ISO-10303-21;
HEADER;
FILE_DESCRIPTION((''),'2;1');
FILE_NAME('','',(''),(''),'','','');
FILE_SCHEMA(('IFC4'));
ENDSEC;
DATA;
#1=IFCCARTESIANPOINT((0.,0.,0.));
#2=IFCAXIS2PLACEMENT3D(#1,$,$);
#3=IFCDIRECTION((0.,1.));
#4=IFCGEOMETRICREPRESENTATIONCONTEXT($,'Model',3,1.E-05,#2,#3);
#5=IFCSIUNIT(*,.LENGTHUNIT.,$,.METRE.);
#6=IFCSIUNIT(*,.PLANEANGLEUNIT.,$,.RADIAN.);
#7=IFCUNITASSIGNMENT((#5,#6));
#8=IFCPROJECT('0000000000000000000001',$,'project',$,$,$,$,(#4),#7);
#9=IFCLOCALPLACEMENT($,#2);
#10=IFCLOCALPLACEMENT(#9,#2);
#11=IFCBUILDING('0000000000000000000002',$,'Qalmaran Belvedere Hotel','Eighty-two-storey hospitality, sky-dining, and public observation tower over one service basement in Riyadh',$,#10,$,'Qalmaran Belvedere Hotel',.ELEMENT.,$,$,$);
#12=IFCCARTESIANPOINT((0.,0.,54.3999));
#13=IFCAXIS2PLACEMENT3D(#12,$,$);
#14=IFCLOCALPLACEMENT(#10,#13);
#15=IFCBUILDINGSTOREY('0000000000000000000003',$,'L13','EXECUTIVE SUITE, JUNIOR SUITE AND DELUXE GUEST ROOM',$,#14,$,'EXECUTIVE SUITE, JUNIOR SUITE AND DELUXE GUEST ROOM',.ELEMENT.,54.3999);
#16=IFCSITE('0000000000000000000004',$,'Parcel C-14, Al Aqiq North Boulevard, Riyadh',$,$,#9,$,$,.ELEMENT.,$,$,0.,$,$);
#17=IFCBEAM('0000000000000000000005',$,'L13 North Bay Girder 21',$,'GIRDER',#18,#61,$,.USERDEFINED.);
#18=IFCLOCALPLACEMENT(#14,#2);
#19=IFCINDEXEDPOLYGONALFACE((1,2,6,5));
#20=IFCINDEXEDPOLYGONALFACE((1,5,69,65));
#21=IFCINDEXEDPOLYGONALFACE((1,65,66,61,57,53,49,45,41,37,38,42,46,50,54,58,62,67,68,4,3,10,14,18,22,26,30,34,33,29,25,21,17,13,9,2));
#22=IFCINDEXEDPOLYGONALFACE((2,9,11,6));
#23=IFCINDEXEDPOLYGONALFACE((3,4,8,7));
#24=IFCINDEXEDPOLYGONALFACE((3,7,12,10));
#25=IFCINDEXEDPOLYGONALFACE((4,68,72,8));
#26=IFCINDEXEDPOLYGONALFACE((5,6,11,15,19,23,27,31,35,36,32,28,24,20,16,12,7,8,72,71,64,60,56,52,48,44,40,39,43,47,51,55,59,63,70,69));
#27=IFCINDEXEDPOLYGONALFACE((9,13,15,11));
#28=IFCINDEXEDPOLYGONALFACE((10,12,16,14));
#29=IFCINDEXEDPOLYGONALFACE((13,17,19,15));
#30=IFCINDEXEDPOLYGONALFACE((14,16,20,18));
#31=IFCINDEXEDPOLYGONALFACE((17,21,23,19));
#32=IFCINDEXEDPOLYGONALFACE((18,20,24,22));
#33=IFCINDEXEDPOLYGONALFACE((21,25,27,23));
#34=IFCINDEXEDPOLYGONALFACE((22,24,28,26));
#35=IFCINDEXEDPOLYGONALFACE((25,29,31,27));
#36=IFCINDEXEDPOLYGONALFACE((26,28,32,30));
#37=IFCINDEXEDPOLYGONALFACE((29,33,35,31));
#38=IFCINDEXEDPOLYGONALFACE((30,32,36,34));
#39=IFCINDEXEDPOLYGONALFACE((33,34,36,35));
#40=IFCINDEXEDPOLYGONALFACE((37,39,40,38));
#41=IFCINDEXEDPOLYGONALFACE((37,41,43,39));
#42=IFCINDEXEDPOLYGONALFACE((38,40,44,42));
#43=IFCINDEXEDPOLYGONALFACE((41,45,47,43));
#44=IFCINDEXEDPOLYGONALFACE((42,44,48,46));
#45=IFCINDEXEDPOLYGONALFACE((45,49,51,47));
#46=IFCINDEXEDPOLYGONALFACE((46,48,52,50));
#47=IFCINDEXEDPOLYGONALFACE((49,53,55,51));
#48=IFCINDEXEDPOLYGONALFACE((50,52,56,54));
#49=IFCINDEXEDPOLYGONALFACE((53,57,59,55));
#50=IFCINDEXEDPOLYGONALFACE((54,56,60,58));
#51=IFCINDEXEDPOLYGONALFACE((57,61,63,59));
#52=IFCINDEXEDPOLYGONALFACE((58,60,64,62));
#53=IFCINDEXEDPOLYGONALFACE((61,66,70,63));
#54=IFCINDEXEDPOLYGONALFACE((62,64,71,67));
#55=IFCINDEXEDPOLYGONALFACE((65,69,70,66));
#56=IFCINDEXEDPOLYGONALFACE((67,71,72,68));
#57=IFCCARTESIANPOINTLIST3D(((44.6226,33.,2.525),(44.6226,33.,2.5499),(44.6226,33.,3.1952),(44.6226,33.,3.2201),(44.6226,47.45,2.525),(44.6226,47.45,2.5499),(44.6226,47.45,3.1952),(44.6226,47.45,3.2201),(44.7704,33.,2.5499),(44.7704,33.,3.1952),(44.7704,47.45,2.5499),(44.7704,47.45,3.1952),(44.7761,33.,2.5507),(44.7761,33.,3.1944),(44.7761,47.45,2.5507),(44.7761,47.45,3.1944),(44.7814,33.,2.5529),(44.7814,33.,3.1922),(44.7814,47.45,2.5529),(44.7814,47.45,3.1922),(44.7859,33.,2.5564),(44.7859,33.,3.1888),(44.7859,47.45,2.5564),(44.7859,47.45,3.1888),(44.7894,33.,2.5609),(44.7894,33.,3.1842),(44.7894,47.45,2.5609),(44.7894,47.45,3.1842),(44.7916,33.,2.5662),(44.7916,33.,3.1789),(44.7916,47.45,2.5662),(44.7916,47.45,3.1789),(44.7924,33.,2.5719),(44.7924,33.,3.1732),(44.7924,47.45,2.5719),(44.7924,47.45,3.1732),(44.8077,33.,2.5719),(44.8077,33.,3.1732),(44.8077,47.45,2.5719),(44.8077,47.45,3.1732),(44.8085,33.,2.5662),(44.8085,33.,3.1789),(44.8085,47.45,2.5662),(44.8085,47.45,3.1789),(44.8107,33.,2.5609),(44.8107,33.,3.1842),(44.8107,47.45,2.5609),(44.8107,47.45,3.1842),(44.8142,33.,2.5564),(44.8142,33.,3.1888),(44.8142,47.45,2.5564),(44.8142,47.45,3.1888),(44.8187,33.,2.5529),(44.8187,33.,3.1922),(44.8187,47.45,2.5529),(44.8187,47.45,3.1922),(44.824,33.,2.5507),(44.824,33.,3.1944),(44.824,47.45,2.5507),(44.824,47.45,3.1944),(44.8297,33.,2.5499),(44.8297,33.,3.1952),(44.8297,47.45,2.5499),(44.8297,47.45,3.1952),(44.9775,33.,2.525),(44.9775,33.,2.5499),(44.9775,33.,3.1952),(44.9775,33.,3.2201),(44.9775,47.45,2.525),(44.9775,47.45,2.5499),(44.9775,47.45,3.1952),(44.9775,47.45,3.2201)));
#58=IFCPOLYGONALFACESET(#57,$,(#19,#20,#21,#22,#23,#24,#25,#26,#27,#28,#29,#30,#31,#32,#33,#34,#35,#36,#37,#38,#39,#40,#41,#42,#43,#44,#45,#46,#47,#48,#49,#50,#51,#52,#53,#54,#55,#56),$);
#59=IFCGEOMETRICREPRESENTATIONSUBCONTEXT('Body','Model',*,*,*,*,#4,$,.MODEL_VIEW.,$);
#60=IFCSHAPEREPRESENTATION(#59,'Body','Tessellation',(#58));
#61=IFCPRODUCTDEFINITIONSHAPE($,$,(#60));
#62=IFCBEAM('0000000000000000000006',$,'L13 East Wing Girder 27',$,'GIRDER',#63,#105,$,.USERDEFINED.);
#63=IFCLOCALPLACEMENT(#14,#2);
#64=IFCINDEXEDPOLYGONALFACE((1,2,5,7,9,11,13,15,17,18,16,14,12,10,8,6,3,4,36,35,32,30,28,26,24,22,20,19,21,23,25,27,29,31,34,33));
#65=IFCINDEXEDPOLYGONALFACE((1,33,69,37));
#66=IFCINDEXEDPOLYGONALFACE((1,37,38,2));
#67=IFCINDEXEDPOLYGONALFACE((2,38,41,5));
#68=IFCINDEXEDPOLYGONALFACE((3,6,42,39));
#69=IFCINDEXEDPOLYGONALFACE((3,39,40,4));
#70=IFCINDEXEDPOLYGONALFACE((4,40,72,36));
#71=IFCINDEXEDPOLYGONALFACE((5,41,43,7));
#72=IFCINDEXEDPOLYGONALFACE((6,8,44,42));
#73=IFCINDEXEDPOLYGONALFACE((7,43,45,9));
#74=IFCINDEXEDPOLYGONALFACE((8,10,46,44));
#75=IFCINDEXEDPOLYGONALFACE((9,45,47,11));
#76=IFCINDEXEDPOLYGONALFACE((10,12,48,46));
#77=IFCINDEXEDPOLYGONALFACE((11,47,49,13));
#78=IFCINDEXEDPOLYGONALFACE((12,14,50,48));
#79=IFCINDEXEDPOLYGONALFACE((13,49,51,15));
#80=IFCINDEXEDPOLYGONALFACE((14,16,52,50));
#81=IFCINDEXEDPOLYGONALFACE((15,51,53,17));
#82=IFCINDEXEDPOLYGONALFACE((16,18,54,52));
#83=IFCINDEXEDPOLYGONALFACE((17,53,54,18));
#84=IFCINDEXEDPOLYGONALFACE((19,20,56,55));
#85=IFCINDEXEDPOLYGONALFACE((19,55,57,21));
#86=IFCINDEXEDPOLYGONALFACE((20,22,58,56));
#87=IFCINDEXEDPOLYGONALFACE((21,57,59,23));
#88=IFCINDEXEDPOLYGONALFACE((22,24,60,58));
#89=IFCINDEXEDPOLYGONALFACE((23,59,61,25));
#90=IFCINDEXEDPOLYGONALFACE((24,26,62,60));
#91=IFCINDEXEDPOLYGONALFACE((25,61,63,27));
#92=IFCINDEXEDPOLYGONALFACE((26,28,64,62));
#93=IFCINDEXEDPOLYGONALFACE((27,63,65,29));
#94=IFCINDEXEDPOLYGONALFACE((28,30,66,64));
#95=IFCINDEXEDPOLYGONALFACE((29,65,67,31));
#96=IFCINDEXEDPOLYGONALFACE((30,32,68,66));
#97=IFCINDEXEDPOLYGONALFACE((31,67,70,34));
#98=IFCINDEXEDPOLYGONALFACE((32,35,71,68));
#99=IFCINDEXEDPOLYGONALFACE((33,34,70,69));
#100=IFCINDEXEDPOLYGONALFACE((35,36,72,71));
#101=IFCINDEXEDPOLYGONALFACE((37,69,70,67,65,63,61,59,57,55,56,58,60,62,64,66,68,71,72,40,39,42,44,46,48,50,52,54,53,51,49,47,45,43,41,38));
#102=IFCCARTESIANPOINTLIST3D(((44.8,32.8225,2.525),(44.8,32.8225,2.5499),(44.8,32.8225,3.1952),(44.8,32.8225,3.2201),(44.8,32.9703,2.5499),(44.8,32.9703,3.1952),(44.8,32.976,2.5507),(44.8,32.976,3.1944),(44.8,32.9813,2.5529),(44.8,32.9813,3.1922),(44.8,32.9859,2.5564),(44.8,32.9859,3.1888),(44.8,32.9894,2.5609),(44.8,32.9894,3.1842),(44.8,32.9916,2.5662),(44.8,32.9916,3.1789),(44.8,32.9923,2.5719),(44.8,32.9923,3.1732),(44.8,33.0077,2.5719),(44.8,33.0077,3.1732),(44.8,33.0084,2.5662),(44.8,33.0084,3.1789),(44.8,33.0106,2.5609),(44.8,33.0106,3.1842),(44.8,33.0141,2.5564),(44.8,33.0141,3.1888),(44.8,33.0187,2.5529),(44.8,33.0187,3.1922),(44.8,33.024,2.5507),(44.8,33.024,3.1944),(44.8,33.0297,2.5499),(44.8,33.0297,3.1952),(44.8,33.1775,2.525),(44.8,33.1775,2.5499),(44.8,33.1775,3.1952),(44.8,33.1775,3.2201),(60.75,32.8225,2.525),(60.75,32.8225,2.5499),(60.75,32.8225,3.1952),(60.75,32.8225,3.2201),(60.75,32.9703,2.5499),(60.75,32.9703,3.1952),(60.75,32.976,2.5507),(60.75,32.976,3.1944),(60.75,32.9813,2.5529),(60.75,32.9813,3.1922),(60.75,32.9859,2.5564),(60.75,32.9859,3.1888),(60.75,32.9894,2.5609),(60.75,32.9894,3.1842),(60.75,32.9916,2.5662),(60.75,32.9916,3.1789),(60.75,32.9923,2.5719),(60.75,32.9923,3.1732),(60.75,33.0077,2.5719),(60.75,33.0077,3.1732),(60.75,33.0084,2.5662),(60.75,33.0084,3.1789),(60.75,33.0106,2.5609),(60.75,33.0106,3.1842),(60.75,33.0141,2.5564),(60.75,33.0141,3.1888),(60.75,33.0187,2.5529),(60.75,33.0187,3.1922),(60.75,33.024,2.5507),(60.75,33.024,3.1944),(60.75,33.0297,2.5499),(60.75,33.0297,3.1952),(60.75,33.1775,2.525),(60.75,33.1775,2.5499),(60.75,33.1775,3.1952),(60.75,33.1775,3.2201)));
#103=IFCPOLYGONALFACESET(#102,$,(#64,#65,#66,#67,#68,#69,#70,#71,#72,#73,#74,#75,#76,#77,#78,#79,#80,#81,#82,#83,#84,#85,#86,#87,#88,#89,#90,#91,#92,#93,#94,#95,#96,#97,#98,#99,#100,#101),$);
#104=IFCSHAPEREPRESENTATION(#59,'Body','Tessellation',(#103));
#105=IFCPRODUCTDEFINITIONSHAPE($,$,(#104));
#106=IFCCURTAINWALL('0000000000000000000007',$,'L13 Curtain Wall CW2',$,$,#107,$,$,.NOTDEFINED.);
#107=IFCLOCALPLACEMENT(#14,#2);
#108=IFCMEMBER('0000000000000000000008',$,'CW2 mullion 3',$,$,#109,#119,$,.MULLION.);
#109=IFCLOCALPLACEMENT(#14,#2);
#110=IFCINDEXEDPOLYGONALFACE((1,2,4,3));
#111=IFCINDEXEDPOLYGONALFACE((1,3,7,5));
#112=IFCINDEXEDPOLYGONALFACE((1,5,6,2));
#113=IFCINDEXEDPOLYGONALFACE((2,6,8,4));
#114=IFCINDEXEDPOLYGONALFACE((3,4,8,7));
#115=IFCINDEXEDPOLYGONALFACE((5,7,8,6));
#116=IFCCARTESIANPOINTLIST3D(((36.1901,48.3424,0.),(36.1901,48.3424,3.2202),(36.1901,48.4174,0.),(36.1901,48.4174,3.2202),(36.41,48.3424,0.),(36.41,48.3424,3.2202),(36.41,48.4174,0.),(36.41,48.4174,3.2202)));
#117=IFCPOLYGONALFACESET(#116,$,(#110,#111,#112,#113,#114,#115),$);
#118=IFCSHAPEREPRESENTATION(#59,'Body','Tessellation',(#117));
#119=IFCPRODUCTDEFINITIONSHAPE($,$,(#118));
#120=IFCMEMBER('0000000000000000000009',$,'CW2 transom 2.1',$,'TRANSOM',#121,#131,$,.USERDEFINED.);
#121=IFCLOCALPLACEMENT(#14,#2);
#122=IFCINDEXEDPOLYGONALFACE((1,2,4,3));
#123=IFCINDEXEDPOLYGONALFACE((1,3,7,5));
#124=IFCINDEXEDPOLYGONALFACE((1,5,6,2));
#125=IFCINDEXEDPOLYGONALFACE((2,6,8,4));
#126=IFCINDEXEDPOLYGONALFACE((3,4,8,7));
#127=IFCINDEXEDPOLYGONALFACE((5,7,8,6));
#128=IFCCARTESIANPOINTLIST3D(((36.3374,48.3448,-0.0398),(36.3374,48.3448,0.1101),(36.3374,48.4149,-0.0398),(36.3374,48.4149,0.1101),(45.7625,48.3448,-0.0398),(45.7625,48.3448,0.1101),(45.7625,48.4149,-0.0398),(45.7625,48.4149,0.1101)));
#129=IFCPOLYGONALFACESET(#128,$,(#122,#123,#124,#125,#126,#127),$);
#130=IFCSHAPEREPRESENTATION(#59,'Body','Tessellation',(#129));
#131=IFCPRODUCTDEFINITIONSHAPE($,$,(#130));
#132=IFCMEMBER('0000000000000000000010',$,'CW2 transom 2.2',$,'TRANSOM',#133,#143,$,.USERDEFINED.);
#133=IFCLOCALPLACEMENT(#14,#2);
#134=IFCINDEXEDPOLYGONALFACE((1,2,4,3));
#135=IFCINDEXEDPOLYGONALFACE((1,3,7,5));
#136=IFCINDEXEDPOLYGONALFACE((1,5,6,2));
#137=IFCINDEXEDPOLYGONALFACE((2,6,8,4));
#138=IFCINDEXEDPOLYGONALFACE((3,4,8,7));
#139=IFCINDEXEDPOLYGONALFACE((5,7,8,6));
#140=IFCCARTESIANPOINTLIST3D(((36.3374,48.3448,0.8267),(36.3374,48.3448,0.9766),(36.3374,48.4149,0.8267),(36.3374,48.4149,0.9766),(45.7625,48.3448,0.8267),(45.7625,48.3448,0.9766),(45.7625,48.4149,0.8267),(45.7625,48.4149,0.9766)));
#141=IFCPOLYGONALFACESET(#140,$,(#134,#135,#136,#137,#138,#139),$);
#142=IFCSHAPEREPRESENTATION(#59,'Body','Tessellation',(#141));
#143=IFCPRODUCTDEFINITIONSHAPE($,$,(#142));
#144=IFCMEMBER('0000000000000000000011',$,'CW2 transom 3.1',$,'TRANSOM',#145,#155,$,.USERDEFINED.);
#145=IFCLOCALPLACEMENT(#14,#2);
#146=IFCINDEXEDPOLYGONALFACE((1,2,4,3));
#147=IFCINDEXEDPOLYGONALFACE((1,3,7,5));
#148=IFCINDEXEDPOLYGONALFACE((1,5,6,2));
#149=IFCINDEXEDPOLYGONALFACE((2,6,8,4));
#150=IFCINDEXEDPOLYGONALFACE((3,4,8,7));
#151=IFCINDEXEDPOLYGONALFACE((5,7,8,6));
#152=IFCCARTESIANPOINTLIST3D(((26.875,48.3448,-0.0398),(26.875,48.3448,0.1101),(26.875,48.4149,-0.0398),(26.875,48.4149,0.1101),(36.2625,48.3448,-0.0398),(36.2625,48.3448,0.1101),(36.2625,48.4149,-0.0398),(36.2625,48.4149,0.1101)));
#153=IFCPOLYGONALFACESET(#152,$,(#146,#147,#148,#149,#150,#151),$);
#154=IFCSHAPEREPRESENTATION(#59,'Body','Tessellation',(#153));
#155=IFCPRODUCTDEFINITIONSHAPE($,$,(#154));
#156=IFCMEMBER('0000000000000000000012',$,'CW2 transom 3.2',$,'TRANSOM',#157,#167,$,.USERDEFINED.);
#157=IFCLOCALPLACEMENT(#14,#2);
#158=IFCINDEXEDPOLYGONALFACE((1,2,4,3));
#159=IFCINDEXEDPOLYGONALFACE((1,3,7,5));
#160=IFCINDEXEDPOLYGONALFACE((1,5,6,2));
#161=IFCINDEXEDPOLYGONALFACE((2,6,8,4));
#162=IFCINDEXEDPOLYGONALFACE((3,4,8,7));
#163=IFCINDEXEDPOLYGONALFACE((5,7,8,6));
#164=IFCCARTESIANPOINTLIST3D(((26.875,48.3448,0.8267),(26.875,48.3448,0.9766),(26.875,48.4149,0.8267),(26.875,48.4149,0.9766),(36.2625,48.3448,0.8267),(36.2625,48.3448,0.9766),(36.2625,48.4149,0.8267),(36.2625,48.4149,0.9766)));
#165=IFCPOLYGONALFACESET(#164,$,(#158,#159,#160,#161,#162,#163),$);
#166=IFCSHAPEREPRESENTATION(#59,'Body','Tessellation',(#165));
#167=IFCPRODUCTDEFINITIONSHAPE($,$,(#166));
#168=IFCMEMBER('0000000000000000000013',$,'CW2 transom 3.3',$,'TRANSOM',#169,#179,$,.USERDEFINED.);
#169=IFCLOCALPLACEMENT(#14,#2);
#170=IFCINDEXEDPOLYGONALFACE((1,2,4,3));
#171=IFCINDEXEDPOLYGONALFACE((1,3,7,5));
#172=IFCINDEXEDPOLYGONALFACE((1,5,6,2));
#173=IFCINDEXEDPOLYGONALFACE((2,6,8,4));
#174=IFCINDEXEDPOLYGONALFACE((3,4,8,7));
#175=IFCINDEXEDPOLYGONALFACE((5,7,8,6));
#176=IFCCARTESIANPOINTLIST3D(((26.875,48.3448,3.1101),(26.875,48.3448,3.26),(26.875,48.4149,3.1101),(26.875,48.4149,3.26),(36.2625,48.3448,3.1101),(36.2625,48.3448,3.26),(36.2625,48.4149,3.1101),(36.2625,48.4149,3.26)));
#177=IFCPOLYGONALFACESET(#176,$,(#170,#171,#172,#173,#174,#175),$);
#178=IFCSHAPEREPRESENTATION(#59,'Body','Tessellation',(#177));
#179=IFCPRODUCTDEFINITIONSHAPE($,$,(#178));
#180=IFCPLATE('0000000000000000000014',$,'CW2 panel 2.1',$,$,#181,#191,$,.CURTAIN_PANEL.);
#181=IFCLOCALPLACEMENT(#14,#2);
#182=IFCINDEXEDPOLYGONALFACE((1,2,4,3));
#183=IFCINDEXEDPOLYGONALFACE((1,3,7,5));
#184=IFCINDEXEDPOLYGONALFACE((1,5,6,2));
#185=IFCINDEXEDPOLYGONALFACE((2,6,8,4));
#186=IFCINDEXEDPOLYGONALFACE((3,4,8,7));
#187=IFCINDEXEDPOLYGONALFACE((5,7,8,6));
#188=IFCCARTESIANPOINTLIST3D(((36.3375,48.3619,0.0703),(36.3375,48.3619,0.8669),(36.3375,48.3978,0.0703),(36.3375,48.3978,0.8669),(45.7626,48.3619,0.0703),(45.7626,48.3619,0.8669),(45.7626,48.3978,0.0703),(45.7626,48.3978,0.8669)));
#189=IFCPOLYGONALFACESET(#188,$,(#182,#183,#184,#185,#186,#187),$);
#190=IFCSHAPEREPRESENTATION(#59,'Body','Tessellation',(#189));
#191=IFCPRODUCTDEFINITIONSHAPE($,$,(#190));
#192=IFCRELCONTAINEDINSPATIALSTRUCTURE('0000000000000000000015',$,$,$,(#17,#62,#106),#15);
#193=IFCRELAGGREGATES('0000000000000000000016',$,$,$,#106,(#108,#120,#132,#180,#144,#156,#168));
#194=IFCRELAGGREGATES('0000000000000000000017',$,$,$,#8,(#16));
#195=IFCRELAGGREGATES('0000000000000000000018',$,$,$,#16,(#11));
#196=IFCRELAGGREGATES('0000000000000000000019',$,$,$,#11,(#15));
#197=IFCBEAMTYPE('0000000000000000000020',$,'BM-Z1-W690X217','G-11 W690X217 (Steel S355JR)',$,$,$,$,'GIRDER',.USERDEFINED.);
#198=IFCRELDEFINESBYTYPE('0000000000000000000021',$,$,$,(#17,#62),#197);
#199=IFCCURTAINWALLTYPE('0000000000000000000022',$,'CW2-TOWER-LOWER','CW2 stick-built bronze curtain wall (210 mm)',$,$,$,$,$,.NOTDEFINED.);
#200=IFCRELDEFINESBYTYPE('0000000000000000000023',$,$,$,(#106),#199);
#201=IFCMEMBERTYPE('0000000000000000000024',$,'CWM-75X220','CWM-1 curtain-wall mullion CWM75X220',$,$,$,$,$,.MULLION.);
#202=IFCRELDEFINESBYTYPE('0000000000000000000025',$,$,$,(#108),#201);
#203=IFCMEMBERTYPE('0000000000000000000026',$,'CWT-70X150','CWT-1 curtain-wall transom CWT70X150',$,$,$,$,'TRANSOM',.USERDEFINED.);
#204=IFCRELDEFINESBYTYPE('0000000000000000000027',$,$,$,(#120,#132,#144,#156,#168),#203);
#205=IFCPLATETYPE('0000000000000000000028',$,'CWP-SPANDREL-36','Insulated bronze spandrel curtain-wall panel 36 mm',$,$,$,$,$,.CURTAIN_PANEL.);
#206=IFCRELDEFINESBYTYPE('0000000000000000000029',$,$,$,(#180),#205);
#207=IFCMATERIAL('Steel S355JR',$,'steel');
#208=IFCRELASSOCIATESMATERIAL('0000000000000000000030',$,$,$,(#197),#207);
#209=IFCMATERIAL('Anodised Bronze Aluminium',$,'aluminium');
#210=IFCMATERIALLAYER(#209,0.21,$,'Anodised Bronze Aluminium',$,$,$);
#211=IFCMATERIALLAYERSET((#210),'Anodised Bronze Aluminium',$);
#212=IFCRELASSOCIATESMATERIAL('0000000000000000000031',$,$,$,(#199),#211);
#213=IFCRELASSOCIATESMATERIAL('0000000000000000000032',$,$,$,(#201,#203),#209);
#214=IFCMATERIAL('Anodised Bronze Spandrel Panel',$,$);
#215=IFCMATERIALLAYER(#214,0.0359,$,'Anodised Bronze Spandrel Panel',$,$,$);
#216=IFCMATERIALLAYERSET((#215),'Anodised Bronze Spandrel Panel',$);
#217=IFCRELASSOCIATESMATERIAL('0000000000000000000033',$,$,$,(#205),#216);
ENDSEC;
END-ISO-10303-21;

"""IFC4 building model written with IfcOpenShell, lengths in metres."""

from ifc_helpers import new_model, si_unit, direction, frame, origin, origin_2d, place, context, subcontext, project, spatial, rectangle, i_section, extrude, material, layer, layer_set, material_profile, profile_set, type_object, element, aggregate, save


model = new_model("IFC4")

# Units and contexts
model_context = context("Model", 3, precision=1e-05, world=origin(), true_north=direction((0.0, 1.0)))
body_context = subcontext(model_context, "Body", "Model", "MODEL_VIEW")
ifc_project = project(units=[si_unit("LENGTHUNIT", "METRE"), si_unit("PLANEANGLEUNIT", "RADIAN")], contexts=[model_context])

# Site, building, storey
site_placement = place(None, origin())
site = spatial("IfcSite", under=ifc_project, at=site_placement, Name="Parcel C-14, Al Aqiq North Boulevard, Riyadh", CompositionType="ELEMENT", RefElevation=0.0)
building_placement = place(site_placement, origin())
building = spatial("IfcBuilding", under=site, at=building_placement, Name="Qalmaran Belvedere Hotel", Description="Eighty-two-storey hospitality, sky-dining, and public observation tower over one service basement in Riyadh", LongName="Qalmaran Belvedere Hotel", CompositionType="ELEMENT")
storey_placement = place(building_placement, frame((0.0, 0.0, 54.3999)))
storey = spatial("IfcBuildingStorey", under=building, at=storey_placement, Name="L13", Description="EXECUTIVE SUITE, JUNIOR SUITE AND DELUXE GUEST ROOM", LongName="EXECUTIVE SUITE, JUNIOR SUITE AND DELUXE GUEST ROOM", CompositionType="ELEMENT", Elevation=54.3999)

# Beams
ifc_material_1 = material(Name="Steel S355JR", Category="steel")
ifc_material_profile_1 = material_profile(ifc_material_1, i_section(OverallWidth=0.355, OverallDepth=0.6951, WebThickness=0.0154, FlangeThickness=0.0249, FilletRadius=0.022, at=origin_2d()), Name="W690X217")
ifc_profile_set_1 = profile_set([ifc_material_profile_1], Name="Steel S355JR")
beam_type_1 = type_object("IfcBeamType", Name="BM-Z1-W690X217", Description="G-11 W690X217 (Steel S355JR)", ElementType="GIRDER", PredefinedType="USERDEFINED", material=ifc_profile_set_1)
beam_1_placement = place(storey_placement, frame((44.8, 33.0, 2.8726), z_axis=(0.0, 1.0, 0.0), x_axis=(-1.0, 0.0, 0.0)))
element("IfcBeam", 1, at=beam_1_placement, inside=storey, type_object=beam_type_1, Name="L13 North Bay Girder 21", ObjectType="GIRDER", PredefinedType="USERDEFINED", context=body_context, shape_type="SweptSolid", body=[
    extrude(i_section(OverallWidth=0.355, OverallDepth=0.6951, WebThickness=0.0154, FlangeThickness=0.0249, FilletRadius=0.022, at=origin_2d()), origin(), (0.0, 0.0, 1.0), 14.45),
])
beam_2_placement = place(storey_placement, frame((44.8, 33.0, 2.8726), z_axis=(1.0, 0.0, 0.0), x_axis=(0.0, 1.0, 0.0)))
element("IfcBeam", 2, at=beam_2_placement, inside=storey, type_object=beam_type_1, Name="L13 East Wing Girder 27", ObjectType="GIRDER", PredefinedType="USERDEFINED", context=body_context, shape_type="SweptSolid", body=[
    extrude(i_section(OverallWidth=0.355, OverallDepth=0.6951, WebThickness=0.0154, FlangeThickness=0.0249, FilletRadius=0.022, at=origin_2d()), origin(), (0.0, 0.0, 1.0), 15.95),
])

# Curtain wall, members, plate
ifc_material_2 = material(Name="Anodised Bronze Aluminium", Category="aluminium")
ifc_layer_1 = layer(ifc_material_2, 0.21, Name="Anodised Bronze Aluminium")
ifc_layer_set_1 = layer_set([ifc_layer_1], Name="Anodised Bronze Aluminium")
curtain_wall_type = type_object("IfcCurtainWallType", Name="CW2-TOWER-LOWER", Description="CW2 stick-built bronze curtain wall (210 mm)", PredefinedType="NOTDEFINED", material=ifc_layer_set_1)
curtain_wall_placement = place(storey_placement, origin())
curtain_wall = element("IfcCurtainWall", 3, at=curtain_wall_placement, inside=storey, type_object=curtain_wall_type, Name="L13 Curtain Wall CW2", PredefinedType="NOTDEFINED")
ifc_material_profile_2 = material_profile(ifc_material_2, rectangle(XDim=0.075, YDim=0.22, at=origin_2d()), Name="CWM75X220")
ifc_profile_set_2 = profile_set([ifc_material_profile_2], Name="Anodised Bronze Aluminium")
member_type_1 = type_object("IfcMemberType", Name="CWM-75X220", Description="CWM-1 curtain-wall mullion CWM75X220", PredefinedType="MULLION", material=ifc_profile_set_2)
member_1_placement = place(storey_placement, frame((36.3, 48.3799, 0.0), z_axis=(0.0, 0.0, 1.0), x_axis=(0.0, -1.0, 0.0)))
member_1 = element("IfcMember", 4, at=member_1_placement, type_object=member_type_1, Name="CW2 mullion 3", PredefinedType="MULLION", context=body_context, shape_type="SweptSolid", body=[
    extrude(rectangle(XDim=0.075, YDim=0.22, at=origin_2d()), origin(), (0.0, 0.0, 1.0), 3.2202),
])
ifc_material_profile_3 = material_profile(ifc_material_2, rectangle(XDim=0.0701, YDim=0.1499, at=origin_2d()), Name="CWT70X150")
ifc_profile_set_3 = profile_set([ifc_material_profile_3], Name="Anodised Bronze Aluminium")
member_type_2 = type_object("IfcMemberType", Name="CWT-70X150", Description="CWT-1 curtain-wall transom CWT70X150", ElementType="TRANSOM", PredefinedType="USERDEFINED", material=ifc_profile_set_3)
member_2_placement = place(storey_placement, frame((45.7625, 48.3799, 0.0352), z_axis=(-1.0, 0.0, 0.0), x_axis=(0.0, -1.0, 0.0)))
member_2 = element("IfcMember", 5, at=member_2_placement, type_object=member_type_2, Name="CW2 transom 2.1", ObjectType="TRANSOM", PredefinedType="USERDEFINED", context=body_context, shape_type="SweptSolid", body=[
    extrude(rectangle(XDim=0.0701, YDim=0.1499, at=origin_2d()), origin(), (0.0, 0.0, 1.0), 9.425),
])
member_3_placement = place(storey_placement, frame((45.7625, 48.3799, 0.9016), z_axis=(-1.0, 0.0, 0.0), x_axis=(0.0, -1.0, 0.0)))
member_3 = element("IfcMember", 6, at=member_3_placement, type_object=member_type_2, Name="CW2 transom 2.2", ObjectType="TRANSOM", PredefinedType="USERDEFINED", context=body_context, shape_type="SweptSolid", body=[
    extrude(rectangle(XDim=0.0701, YDim=0.1499, at=origin_2d()), origin(), (0.0, 0.0, 1.0), 9.425),
])
member_4_placement = place(storey_placement, frame((36.2625, 48.3799, 0.0352), z_axis=(-1.0, 0.0, 0.0), x_axis=(0.0, -1.0, 0.0)))
member_4 = element("IfcMember", 7, at=member_4_placement, type_object=member_type_2, Name="CW2 transom 3.1", ObjectType="TRANSOM", PredefinedType="USERDEFINED", context=body_context, shape_type="SweptSolid", body=[
    extrude(rectangle(XDim=0.0701, YDim=0.1499, at=origin_2d()), origin(), (0.0, 0.0, 1.0), 9.3875),
])
member_5_placement = place(storey_placement, frame((36.2625, 48.3799, 0.9016), z_axis=(-1.0, 0.0, 0.0), x_axis=(0.0, -1.0, 0.0)))
member_5 = element("IfcMember", 8, at=member_5_placement, type_object=member_type_2, Name="CW2 transom 3.2", ObjectType="TRANSOM", PredefinedType="USERDEFINED", context=body_context, shape_type="SweptSolid", body=[
    extrude(rectangle(XDim=0.0701, YDim=0.1499, at=origin_2d()), origin(), (0.0, 0.0, 1.0), 9.3875),
])
member_6_placement = place(storey_placement, frame((36.2625, 48.3799, 3.1851), z_axis=(-1.0, 0.0, 0.0), x_axis=(0.0, -1.0, 0.0)))
member_6 = element("IfcMember", 9, at=member_6_placement, type_object=member_type_2, Name="CW2 transom 3.3", ObjectType="TRANSOM", PredefinedType="USERDEFINED", context=body_context, shape_type="SweptSolid", body=[
    extrude(rectangle(XDim=0.0701, YDim=0.1499, at=origin_2d()), origin(), (0.0, 0.0, 1.0), 9.3875),
])
ifc_material_3 = material(Name="Anodised Bronze Spandrel Panel")
ifc_layer_2 = layer(ifc_material_3, 0.0359, Name="Anodised Bronze Spandrel Panel")
ifc_layer_set_2 = layer_set([ifc_layer_2], Name="Anodised Bronze Spandrel Panel")
plate_type_1 = type_object("IfcPlateType", Name="CWP-SPANDREL-36", Description="Insulated bronze spandrel curtain-wall panel 36 mm", PredefinedType="CURTAIN_PANEL", material=ifc_layer_set_2)
plate_1_placement = place(storey_placement, frame((41.05, 48.3799, 0.0703), z_axis=(0.0, 0.0, 1.0), x_axis=(-1.0, 0.0, 0.0)))
plate_1 = element("IfcPlate", 10, at=plate_1_placement, type_object=plate_type_1, Name="CW2 panel 2.1", PredefinedType="CURTAIN_PANEL", context=body_context, shape_type="SweptSolid", body=[
    extrude(rectangle(XDim=9.425, YDim=0.0359, at=origin_2d()), origin(), (0.0, 0.0, 1.0), 0.7966),
])
aggregate(curtain_wall, [member_1, member_2, member_3, plate_1, member_4, member_5, member_6])

save(model, "model.ifc")
